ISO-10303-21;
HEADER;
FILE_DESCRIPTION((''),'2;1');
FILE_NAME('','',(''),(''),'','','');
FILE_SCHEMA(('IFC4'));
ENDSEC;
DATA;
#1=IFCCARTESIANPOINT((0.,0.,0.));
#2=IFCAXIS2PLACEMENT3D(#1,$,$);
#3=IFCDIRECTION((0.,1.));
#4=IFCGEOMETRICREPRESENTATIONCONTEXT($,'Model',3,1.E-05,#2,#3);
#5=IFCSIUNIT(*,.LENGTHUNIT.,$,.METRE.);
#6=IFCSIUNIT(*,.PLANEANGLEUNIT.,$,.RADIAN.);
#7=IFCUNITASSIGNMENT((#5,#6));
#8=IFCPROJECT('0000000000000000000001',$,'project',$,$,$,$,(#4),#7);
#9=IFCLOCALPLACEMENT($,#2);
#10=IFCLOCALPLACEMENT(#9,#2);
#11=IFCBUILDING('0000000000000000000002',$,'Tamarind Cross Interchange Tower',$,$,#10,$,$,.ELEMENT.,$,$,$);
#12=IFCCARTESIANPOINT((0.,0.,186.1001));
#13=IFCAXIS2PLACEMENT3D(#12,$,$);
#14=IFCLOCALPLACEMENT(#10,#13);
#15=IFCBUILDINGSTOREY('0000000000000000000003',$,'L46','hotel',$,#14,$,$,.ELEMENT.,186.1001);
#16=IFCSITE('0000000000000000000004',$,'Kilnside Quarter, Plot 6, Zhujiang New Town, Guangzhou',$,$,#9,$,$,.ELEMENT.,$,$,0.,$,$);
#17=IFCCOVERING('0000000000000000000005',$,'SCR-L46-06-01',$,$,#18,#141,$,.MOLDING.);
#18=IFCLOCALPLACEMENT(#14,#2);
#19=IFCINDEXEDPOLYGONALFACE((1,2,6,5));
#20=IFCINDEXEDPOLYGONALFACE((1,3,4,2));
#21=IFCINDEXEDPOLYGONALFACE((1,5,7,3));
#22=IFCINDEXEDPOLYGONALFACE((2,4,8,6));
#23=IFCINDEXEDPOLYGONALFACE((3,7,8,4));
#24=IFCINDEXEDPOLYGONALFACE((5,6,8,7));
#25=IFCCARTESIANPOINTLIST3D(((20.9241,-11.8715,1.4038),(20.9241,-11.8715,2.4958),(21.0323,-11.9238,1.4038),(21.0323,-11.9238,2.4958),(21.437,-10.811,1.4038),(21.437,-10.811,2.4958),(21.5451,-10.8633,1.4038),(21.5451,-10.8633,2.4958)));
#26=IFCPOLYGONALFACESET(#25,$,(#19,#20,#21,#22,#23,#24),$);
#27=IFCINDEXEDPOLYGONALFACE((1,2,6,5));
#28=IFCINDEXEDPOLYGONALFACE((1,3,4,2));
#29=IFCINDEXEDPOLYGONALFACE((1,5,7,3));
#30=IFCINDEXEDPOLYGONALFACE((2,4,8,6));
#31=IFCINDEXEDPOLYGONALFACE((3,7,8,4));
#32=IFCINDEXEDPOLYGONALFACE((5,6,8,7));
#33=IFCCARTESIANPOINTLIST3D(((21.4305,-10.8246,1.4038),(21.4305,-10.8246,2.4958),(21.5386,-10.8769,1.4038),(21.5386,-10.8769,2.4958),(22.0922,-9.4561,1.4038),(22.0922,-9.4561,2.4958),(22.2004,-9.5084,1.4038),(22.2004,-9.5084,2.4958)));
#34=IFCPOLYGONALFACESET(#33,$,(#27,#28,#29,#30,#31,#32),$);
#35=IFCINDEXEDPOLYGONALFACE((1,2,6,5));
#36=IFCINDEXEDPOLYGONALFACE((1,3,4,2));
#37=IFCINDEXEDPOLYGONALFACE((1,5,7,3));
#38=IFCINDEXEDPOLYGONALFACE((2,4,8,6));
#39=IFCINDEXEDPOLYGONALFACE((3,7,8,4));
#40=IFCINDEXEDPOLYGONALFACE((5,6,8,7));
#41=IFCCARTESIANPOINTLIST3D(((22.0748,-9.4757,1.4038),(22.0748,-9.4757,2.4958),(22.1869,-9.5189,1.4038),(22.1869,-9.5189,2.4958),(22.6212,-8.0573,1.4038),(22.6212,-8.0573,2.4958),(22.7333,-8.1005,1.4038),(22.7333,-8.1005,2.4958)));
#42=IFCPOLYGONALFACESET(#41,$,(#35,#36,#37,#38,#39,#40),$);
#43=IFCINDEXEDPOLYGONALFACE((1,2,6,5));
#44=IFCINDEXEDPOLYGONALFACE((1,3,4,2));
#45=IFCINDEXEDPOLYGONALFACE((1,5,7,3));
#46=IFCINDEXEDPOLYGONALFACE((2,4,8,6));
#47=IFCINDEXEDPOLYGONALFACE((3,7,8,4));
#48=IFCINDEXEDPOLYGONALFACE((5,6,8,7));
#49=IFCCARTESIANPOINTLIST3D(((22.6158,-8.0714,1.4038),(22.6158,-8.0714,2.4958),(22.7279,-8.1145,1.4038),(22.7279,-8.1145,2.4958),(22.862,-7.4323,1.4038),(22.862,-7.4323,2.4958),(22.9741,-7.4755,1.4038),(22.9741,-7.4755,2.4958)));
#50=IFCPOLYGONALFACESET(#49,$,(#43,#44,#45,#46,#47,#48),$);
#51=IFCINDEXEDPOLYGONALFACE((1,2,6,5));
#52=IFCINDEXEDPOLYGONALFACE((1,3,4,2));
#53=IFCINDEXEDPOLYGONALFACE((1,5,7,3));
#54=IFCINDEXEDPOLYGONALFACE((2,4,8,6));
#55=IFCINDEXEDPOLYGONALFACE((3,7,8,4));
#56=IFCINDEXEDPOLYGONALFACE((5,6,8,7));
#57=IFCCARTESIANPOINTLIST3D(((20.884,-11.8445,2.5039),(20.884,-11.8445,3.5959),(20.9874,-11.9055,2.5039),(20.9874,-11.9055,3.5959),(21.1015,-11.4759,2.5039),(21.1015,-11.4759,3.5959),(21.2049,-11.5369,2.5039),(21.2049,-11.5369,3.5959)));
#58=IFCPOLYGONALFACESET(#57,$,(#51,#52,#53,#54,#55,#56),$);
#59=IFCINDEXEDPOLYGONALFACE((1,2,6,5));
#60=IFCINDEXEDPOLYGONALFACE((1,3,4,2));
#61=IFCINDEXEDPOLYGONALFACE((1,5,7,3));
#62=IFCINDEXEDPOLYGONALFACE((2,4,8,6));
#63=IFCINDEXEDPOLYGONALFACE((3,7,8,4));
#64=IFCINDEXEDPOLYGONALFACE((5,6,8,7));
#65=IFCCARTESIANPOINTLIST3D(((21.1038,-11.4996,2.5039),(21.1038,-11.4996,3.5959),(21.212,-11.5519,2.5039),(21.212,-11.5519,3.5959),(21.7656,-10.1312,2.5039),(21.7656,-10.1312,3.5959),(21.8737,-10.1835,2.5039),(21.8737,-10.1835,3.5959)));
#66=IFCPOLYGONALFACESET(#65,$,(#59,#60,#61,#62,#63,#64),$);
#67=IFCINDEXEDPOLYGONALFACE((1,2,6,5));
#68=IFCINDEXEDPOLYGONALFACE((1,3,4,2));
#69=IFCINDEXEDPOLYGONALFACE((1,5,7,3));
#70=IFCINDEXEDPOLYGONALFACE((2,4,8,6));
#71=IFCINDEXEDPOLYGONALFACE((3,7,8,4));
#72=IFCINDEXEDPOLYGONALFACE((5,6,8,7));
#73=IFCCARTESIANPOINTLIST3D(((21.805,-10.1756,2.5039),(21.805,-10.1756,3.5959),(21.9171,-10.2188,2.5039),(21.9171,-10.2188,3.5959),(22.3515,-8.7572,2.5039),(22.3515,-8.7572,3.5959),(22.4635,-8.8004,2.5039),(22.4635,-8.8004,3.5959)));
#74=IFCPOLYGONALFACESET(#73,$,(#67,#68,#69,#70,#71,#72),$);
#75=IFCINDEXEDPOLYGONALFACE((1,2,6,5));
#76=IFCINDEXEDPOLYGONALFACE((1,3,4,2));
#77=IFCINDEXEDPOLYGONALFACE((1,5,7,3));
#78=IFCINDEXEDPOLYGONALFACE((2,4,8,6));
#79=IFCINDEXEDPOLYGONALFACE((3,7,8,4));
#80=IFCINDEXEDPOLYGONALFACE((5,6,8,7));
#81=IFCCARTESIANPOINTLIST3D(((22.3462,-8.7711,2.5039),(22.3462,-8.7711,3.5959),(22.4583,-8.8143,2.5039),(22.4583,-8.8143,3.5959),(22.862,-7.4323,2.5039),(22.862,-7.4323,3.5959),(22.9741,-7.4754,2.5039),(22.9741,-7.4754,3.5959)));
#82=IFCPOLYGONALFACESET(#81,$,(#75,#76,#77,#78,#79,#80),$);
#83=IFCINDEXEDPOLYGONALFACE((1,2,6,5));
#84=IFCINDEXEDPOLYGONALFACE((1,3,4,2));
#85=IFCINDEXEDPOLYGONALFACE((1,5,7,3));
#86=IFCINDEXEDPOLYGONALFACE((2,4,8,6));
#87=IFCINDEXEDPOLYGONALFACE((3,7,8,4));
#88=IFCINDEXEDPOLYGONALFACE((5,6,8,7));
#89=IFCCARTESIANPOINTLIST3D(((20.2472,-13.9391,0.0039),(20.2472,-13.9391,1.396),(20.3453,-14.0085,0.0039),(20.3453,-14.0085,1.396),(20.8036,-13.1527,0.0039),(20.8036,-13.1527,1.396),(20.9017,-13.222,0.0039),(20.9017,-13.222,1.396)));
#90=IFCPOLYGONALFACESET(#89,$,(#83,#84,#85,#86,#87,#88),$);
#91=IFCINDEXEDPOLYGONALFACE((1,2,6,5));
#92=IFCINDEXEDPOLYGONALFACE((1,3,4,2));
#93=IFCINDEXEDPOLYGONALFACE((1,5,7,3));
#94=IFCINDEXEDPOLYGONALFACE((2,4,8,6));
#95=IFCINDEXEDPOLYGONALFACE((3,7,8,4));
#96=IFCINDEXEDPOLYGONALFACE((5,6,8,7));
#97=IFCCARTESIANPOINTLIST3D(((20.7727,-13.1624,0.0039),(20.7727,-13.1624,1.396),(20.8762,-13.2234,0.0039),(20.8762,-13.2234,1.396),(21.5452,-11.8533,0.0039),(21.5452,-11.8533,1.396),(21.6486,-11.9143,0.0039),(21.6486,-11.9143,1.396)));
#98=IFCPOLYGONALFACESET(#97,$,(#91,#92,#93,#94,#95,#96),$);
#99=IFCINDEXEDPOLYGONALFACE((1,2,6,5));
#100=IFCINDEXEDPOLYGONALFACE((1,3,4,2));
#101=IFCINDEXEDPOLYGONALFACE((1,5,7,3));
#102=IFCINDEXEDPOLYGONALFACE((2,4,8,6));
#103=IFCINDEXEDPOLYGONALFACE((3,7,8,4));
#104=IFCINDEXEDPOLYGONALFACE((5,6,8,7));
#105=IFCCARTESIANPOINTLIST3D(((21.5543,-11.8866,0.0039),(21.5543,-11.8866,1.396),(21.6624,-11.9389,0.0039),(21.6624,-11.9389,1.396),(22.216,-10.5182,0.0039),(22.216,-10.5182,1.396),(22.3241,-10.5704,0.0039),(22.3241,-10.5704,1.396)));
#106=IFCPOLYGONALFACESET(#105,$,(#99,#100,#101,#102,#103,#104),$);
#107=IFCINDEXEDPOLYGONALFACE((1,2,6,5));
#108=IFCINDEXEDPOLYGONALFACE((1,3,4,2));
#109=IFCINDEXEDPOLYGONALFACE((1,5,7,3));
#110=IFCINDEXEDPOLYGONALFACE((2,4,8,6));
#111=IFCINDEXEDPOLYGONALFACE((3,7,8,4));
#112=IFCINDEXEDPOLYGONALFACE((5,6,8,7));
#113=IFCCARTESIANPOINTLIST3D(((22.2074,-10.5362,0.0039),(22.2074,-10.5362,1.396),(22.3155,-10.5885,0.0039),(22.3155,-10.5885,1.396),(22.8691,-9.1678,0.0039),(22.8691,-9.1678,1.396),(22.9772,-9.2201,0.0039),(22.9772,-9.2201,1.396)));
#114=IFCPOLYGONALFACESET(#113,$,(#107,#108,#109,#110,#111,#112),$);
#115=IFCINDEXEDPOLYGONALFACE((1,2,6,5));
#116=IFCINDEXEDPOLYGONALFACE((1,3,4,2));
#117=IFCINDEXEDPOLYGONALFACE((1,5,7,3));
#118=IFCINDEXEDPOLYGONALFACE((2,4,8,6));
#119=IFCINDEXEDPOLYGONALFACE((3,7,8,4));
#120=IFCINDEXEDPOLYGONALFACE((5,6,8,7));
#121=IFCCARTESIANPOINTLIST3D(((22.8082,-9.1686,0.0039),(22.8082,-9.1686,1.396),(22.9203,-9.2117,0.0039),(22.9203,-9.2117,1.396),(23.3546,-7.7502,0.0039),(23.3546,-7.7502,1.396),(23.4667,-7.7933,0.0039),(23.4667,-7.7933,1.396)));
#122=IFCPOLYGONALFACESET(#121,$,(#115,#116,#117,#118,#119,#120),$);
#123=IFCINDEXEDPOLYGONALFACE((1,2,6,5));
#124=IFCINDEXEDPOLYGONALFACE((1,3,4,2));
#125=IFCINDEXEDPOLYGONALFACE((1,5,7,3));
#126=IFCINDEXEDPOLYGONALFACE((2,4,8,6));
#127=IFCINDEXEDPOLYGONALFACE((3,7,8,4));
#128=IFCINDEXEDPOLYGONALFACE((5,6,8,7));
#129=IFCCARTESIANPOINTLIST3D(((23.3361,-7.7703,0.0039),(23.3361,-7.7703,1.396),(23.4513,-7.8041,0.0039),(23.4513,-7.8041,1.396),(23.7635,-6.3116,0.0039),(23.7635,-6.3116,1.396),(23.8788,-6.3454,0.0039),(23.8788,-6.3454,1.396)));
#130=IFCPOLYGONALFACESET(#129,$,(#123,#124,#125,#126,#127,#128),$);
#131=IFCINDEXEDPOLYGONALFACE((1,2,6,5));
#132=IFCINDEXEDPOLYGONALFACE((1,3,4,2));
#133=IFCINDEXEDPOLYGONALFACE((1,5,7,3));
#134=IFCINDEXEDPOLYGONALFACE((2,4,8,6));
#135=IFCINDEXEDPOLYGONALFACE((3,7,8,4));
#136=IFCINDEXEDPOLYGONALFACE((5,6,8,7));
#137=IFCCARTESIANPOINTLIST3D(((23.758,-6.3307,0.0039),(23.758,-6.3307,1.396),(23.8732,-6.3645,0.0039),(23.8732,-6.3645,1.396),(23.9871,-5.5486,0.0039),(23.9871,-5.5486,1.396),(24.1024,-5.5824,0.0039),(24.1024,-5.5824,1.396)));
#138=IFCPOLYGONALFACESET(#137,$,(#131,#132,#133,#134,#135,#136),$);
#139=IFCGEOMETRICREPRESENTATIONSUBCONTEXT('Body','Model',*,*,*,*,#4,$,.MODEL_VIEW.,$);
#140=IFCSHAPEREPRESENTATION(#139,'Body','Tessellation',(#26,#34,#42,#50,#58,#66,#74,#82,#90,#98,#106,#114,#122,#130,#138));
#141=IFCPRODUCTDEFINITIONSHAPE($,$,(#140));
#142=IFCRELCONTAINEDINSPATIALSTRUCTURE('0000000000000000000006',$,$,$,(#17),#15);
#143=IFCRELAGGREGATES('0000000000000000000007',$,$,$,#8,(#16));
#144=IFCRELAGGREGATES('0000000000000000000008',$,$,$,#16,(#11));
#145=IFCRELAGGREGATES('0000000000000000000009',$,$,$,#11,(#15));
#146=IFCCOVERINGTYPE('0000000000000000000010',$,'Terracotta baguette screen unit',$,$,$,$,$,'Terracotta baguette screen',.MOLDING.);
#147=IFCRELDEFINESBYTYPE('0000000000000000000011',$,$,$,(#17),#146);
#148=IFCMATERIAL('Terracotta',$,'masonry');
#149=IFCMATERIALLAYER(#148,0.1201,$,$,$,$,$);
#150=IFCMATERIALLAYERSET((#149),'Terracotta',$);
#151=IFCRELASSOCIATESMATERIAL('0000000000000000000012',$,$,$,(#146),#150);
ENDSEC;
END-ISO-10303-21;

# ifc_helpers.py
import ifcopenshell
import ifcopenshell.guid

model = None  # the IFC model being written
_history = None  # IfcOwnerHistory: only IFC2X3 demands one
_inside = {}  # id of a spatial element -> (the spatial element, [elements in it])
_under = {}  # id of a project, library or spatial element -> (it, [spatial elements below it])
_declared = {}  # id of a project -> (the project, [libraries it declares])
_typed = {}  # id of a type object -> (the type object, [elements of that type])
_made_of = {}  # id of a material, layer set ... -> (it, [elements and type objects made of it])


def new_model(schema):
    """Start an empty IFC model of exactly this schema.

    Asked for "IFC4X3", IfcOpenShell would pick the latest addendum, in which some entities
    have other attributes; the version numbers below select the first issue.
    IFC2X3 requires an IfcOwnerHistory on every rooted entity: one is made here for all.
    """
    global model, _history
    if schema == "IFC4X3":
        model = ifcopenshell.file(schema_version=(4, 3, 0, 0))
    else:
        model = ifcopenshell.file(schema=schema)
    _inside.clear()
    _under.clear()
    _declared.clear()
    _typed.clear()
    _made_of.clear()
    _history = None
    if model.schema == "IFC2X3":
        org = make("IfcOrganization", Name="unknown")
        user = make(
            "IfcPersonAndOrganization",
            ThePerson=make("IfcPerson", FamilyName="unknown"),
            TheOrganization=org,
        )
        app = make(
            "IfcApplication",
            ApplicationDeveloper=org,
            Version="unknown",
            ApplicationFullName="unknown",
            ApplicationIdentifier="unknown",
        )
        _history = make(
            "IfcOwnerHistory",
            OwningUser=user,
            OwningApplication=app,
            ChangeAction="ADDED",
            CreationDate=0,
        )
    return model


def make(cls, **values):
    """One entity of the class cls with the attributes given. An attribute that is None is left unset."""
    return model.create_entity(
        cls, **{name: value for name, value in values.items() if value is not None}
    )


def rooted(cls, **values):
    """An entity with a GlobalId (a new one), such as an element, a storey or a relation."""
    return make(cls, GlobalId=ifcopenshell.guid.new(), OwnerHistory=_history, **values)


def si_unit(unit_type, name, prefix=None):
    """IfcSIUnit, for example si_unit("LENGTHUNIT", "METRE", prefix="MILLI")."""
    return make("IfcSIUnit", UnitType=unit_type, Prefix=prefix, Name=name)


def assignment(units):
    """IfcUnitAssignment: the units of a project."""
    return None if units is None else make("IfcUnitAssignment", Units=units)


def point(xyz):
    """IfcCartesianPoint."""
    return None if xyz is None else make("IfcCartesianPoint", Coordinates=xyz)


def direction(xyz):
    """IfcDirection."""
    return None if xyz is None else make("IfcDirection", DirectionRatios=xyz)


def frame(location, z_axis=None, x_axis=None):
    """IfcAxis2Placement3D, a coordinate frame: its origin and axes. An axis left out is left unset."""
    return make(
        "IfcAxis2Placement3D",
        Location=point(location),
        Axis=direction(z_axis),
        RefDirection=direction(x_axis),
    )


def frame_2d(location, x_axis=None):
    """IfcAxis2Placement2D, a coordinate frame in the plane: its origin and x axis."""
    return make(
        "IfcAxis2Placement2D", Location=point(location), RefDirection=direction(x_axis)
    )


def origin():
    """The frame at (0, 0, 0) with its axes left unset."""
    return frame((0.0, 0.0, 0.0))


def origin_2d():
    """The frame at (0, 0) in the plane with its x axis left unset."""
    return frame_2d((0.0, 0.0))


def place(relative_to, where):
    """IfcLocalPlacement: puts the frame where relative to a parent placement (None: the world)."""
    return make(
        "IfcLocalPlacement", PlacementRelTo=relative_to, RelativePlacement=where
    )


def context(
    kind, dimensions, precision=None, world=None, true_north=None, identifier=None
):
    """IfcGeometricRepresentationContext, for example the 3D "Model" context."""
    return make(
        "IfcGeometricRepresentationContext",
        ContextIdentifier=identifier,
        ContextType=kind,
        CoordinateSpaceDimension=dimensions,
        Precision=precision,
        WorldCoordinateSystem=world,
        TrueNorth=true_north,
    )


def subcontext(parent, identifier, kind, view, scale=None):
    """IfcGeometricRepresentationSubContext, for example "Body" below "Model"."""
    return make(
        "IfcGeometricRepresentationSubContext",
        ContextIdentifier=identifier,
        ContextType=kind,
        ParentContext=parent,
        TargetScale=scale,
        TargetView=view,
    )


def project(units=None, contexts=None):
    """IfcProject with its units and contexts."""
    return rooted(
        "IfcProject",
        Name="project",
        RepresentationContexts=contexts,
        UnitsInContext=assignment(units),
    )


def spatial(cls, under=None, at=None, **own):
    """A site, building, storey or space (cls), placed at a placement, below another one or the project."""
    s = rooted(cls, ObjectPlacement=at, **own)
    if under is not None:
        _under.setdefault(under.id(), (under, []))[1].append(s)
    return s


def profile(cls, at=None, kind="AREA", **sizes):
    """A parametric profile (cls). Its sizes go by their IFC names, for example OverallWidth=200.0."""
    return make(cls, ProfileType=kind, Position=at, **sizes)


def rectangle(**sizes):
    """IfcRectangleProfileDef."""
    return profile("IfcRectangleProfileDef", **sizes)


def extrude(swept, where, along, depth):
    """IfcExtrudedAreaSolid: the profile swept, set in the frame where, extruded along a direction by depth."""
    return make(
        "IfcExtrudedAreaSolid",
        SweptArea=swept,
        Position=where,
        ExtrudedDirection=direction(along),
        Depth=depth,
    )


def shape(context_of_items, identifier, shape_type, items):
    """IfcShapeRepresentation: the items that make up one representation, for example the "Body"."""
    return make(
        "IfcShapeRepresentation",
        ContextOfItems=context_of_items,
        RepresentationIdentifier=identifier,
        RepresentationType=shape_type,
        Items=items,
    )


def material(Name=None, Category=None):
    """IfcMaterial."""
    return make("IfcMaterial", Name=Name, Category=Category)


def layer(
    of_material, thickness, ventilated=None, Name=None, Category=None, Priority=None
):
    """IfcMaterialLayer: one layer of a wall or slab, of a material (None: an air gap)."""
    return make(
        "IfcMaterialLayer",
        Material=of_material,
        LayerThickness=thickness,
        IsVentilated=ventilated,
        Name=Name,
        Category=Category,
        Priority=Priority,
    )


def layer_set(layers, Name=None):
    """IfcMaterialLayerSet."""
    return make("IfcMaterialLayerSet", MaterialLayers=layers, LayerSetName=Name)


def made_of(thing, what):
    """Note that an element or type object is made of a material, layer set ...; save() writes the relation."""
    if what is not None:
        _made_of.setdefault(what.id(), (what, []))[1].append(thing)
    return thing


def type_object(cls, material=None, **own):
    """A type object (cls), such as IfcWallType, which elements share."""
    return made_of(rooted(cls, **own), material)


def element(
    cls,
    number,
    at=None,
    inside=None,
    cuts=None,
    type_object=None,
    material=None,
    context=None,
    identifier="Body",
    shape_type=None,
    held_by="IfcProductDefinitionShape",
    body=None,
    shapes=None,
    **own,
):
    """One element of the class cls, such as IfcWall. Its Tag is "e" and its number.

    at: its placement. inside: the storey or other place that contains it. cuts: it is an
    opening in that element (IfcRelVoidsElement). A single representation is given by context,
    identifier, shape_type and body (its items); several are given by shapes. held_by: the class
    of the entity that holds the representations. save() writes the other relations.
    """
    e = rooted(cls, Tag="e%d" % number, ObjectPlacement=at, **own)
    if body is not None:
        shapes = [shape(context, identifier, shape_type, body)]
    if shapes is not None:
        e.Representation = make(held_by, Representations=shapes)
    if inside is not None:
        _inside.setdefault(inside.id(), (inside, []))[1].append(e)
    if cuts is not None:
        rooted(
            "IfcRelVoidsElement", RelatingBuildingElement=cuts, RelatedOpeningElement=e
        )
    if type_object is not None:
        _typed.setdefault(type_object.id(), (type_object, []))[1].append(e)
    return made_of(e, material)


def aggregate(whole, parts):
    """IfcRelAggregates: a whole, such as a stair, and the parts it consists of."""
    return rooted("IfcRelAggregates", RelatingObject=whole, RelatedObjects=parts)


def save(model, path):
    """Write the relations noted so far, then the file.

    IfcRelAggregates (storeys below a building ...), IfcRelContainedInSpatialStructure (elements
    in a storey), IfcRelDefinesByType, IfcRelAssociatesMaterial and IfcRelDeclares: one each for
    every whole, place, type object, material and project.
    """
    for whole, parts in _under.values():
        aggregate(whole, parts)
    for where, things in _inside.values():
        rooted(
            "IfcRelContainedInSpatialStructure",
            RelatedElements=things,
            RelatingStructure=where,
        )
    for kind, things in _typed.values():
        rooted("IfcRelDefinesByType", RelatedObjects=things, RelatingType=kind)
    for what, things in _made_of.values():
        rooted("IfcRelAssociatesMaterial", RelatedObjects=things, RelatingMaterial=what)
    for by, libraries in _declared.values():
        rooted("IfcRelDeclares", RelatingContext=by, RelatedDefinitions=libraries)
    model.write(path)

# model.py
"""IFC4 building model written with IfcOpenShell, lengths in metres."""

from ifc_helpers import new_model, si_unit, direction, frame, origin, origin_2d, place, context, subcontext, project, spatial, rectangle, extrude, material, layer, layer_set, type_object, element, save


model = new_model("IFC4")

# Units and contexts
model_context = context("Model", 3, precision=1e-05, world=origin(), true_north=direction((0.0, 1.0)))
body_context = subcontext(model_context, "Body", "Model", "MODEL_VIEW")
ifc_project = project(units=[si_unit("LENGTHUNIT", "METRE"), si_unit("PLANEANGLEUNIT", "RADIAN")], contexts=[model_context])

# Site, building, storey
site_placement = place(None, origin())
site = spatial("IfcSite", under=ifc_project, at=site_placement, Name="Kilnside Quarter, Plot 6, Zhujiang New Town, Guangzhou", CompositionType="ELEMENT", RefElevation=0.0)
building_placement = place(site_placement, origin())
building = spatial("IfcBuilding", under=site, at=building_placement, Name="Tamarind Cross Interchange Tower", CompositionType="ELEMENT")
storey_placement = place(building_placement, frame((0.0, 0.0, 186.1001)))
storey = spatial("IfcBuildingStorey", under=building, at=storey_placement, Name="L46", Description="hotel", CompositionType="ELEMENT", Elevation=186.1001)

# Covering
ifc_material_1 = material(Name="Terracotta", Category="masonry")
ifc_layer_1 = layer(ifc_material_1, 0.1201)
ifc_layer_set_1 = layer_set([ifc_layer_1], Name="Terracotta")
covering_type = type_object("IfcCoveringType", Name="Terracotta baguette screen unit", ElementType="Terracotta baguette screen", PredefinedType="MOLDING", material=ifc_layer_set_1)
covering_1_placement = place(storey_placement, origin())
element("IfcCovering", 1, at=covering_1_placement, inside=storey, type_object=covering_type, Name="SCR-L46-06-01", PredefinedType="MOLDING", context=body_context, shape_type="SweptSolid", body=[
    extrude(rectangle(XDim=1.178, YDim=0.1201, at=origin_2d()), frame((21.2346, -11.3674, 1.4038), z_axis=(0.0, 0.0, 1.0), x_axis=(0.435326, 0.900273, 0.0)), (0.0, 0.0, 1.0), 1.092),
    extrude(rectangle(XDim=1.52, YDim=0.1201, at=origin_2d()), frame((21.8154, -10.1665, 1.4038), z_axis=(0.0, 0.0, 1.0), x_axis=(0.435326, 0.900273, 0.0)), (0.0, 0.0, 1.0), 1.092),
    extrude(rectangle(XDim=1.52, YDim=0.1201, at=origin_2d()), frame((22.4041, -8.7881, 1.4038), z_axis=(0.0, 0.0, 1.0), x_axis=(0.359495, 0.933147, 0.0)), (0.0, 0.0, 1.0), 1.092),
    extrude(rectangle(XDim=0.6848, YDim=0.1201, at=origin_2d()), frame((22.7949, -7.7734, 1.4038), z_axis=(0.0, 0.0, 1.0), x_axis=(0.359495, 0.933147, 0.0)), (0.0, 0.0, 1.0), 1.092),
    extrude(rectangle(XDim=0.428, YDim=0.1201, at=origin_2d()), frame((21.0444, -11.6907, 2.5039), z_axis=(0.0, 0.0, 1.0), x_axis=(0.508183, 0.861249, 0.0)), (0.0, 0.0, 1.0), 1.092),
    extrude(rectangle(XDim=1.52, YDim=0.1201, at=origin_2d()), frame((21.4888, -10.8416, 2.5039), z_axis=(0.0, 0.0, 1.0), x_axis=(0.435326, 0.900273, 0.0)), (0.0, 0.0, 1.0), 1.092),
    extrude(rectangle(XDim=1.52, YDim=0.1201, at=origin_2d()), frame((22.1343, -9.488, 2.5039), z_axis=(0.0, 0.0, 1.0), x_axis=(0.359495, 0.933147, 0.0)), (0.0, 0.0, 1.0), 1.092),
    extrude(rectangle(XDim=1.4348, YDim=0.1201, at=origin_2d()), frame((22.6602, -8.1233, 2.5039), z_axis=(0.0, 0.0, 1.0), x_axis=(0.359495, 0.933147, 0.0)), (0.0, 0.0, 1.0), 1.092),
    extrude(rectangle(XDim=0.9634, YDim=0.1201, at=origin_2d()), frame((20.5745, -13.5806, 0.0039), z_axis=(0.0, 0.0, 1.0), x_axis=(0.577569, 0.816342, 0.0)), (0.0, 0.0, 1.0), 1.3921),
    extrude(rectangle(XDim=1.52, YDim=0.1201, at=origin_2d()), frame((21.2107, -12.5383, 0.0039), z_axis=(0.0, 0.0, 1.0), x_axis=(0.508183, 0.861249, 0.0)), (0.0, 0.0, 1.0), 1.3921),
    extrude(rectangle(XDim=1.52, YDim=0.1201, at=origin_2d()), frame((21.9392, -11.2285, 0.0039), z_axis=(0.0, 0.0, 1.0), x_axis=(0.435326, 0.900273, 0.0)), (0.0, 0.0, 1.0), 1.3921),
    extrude(rectangle(XDim=1.52, YDim=0.1201, at=origin_2d()), frame((22.5923, -9.8782, 0.0039), z_axis=(0.0, 0.0, 1.0), x_axis=(0.435326, 0.900273, 0.0)), (0.0, 0.0, 1.0), 1.3921),
    extrude(rectangle(XDim=1.52, YDim=0.1201, at=origin_2d()), frame((23.1375, -8.481, 0.0039), z_axis=(0.0, 0.0, 1.0), x_axis=(0.359495, 0.933147, 0.0)), (0.0, 0.0, 1.0), 1.3921),
    extrude(rectangle(XDim=1.52, YDim=0.1201, at=origin_2d()), frame((23.6074, -7.0579, 0.0039), z_axis=(0.0, 0.0, 1.0), x_axis=(0.281209, 0.959647, 0.0)), (0.0, 0.0, 1.0), 1.3921),
    extrude(rectangle(XDim=0.8149, YDim=0.1201, at=origin_2d()), frame((23.9302, -5.9565, 0.0039), z_axis=(0.0, 0.0, 1.0), x_axis=(0.281209, 0.959647, 0.0)), (0.0, 0.0, 1.0), 1.3921),
])

save(model, "model.ifc")
